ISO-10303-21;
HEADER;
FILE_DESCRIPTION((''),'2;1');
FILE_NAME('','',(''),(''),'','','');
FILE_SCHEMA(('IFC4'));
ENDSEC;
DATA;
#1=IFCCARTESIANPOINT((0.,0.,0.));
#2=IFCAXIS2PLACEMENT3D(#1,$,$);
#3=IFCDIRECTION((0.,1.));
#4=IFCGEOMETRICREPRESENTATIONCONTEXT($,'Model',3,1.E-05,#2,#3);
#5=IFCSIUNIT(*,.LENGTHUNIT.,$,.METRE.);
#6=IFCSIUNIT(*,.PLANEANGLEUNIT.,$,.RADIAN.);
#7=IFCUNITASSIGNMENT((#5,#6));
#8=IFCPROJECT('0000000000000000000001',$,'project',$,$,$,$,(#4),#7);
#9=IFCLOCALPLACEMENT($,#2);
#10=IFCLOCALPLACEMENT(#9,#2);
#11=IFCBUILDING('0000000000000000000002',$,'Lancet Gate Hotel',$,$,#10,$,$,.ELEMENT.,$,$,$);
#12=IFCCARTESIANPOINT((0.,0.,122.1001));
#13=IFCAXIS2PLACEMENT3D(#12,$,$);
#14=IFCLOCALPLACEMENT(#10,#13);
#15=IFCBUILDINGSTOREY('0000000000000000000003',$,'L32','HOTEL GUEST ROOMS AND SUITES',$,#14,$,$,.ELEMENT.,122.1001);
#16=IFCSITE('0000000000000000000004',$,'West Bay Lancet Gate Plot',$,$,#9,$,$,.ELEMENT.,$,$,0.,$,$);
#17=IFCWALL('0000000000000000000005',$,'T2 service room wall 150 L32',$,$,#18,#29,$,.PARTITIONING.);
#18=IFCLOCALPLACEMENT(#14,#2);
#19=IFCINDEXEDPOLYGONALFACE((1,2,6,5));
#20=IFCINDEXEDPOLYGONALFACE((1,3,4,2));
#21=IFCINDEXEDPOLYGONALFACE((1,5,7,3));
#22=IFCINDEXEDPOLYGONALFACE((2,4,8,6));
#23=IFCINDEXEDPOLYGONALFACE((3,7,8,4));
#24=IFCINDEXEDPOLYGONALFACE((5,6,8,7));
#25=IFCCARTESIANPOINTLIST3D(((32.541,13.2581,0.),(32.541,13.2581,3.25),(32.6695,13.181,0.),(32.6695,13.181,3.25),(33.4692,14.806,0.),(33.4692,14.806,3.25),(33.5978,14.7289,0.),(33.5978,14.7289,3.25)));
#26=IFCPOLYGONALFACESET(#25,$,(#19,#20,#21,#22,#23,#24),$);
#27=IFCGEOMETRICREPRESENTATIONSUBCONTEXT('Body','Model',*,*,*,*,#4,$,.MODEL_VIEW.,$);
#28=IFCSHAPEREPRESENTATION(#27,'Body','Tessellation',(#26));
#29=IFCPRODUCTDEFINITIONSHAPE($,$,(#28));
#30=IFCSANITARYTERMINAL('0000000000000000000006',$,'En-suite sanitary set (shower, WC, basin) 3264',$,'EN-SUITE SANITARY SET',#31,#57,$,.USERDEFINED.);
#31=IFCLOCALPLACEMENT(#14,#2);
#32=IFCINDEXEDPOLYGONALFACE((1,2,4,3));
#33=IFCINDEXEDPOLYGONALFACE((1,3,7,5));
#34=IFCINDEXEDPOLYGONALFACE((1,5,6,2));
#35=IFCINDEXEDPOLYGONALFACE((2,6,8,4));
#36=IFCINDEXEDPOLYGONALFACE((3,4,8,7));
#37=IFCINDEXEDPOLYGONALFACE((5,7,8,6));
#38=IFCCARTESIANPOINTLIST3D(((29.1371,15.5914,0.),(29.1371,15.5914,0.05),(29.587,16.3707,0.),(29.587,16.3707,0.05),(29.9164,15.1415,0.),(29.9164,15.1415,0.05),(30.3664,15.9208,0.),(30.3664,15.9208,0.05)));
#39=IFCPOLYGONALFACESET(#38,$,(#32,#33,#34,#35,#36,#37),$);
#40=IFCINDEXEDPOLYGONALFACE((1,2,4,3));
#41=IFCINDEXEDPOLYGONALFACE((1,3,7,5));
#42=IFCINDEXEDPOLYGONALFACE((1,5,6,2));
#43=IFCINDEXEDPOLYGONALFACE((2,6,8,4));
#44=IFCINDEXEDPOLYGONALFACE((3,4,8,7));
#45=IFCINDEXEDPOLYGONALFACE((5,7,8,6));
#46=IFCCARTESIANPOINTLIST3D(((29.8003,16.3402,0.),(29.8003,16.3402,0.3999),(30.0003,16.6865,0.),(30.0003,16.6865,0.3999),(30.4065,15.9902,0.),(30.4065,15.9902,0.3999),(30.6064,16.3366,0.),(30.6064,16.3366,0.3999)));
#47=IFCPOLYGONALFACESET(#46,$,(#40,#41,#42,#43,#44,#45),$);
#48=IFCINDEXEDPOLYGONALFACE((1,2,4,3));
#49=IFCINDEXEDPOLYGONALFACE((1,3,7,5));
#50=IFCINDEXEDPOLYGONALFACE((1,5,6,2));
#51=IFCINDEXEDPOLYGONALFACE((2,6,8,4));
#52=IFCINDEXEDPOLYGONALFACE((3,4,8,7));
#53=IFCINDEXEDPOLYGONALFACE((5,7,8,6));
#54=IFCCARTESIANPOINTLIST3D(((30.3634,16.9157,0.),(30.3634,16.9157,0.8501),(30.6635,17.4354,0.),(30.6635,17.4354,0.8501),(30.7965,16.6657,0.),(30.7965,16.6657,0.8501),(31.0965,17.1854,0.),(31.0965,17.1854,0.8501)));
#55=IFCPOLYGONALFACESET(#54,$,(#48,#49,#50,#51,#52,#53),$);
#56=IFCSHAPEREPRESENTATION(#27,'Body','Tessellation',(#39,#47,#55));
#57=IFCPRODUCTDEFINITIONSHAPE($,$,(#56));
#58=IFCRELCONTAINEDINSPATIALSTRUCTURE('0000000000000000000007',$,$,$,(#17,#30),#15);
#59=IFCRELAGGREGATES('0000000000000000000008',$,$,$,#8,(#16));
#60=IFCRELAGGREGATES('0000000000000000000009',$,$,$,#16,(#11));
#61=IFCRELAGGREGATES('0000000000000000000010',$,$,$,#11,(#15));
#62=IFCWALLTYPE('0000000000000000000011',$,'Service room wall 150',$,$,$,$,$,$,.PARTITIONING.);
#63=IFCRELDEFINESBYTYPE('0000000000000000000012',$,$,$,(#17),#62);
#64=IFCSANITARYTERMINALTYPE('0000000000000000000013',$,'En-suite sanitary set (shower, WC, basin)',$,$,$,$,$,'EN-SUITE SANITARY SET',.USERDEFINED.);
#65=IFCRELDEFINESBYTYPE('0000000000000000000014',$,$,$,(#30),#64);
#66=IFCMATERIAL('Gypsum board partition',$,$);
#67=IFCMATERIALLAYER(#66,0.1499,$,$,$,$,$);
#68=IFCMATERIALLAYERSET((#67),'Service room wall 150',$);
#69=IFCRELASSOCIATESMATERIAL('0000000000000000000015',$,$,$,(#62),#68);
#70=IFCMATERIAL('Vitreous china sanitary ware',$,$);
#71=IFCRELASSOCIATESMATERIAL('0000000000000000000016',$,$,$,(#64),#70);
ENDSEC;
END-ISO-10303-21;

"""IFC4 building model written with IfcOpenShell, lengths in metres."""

from ifc_helpers import new_model, si_unit, direction, frame, frame_2d, origin, origin_2d, place, context, subcontext, project, spatial, rectangle, extrude, material, layer, layer_set, type_object, element, save


model = new_model("IFC4")

# Units and contexts
model_context = context("Model", 3, precision=1e-05, world=origin(), true_north=direction((0.0, 1.0)))
body_context = subcontext(model_context, "Body", "Model", "MODEL_VIEW")
ifc_project = project(units=[si_unit("LENGTHUNIT", "METRE"), si_unit("PLANEANGLEUNIT", "RADIAN")], contexts=[model_context])

# Site, building, storey
site_placement = place(None, origin())
site = spatial("IfcSite", under=ifc_project, at=site_placement, Name="West Bay Lancet Gate Plot", CompositionType="ELEMENT", RefElevation=0.0)
building_placement = place(site_placement, origin())
building = spatial("IfcBuilding", under=site, at=building_placement, Name="Lancet Gate Hotel", CompositionType="ELEMENT")
storey_placement = place(building_placement, frame((0.0, 0.0, 122.1001)))
storey = spatial("IfcBuildingStorey", under=building, at=storey_placement, Name="L32", Description="HOTEL GUEST ROOMS AND SUITES", CompositionType="ELEMENT", Elevation=122.1001)

# Wall
ifc_material_1 = material(Name="Gypsum board partition")
ifc_layer_1 = layer(ifc_material_1, 0.1499)
ifc_layer_set_1 = layer_set([ifc_layer_1], Name="Service room wall 150")
wall_type_1 = type_object("IfcWallType", Name="Service room wall 150", PredefinedType="PARTITIONING", material=ifc_layer_set_1)
wall_1_placement = place(storey_placement, frame((33.5334, 14.7673, 0.0), z_axis=(0.0, 0.0, 1.0), x_axis=(-0.514297, -0.857612, 0.0)))
element("IfcWall", 1, at=wall_1_placement, inside=storey, type_object=wall_type_1, Name="T2 service room wall 150 L32", PredefinedType="PARTITIONING", context=body_context, shape_type="SweptSolid", body=[
    extrude(rectangle(XDim=1.8049, YDim=0.1499, at=frame_2d((0.9023, 0.0))), origin(), (0.0, 0.0, 1.0), 3.25),
])

# Sanitary terminal
ifc_material_2 = material(Name="Vitreous china sanitary ware")
sanitary_terminal_type = type_object("IfcSanitaryTerminalType", Name="En-suite sanitary set (shower, WC, basin)", ElementType="EN-SUITE SANITARY SET", PredefinedType="USERDEFINED", material=ifc_material_2)
sanitary_terminal_placement = place(storey_placement, frame((29.7517, 15.7561, 0.0), z_axis=(0.0, 0.0, 1.0), x_axis=(1.0, 0.0, 0.0)))
element("IfcSanitaryTerminal", 2, at=sanitary_terminal_placement, inside=storey, type_object=sanitary_terminal_type, Name="En-suite sanitary set (shower, WC, basin) 3264", ObjectType="EN-SUITE SANITARY SET", PredefinedType="USERDEFINED", context=body_context, shape_type="SweptSolid", body=[
    extrude(rectangle(XDim=0.8999, YDim=0.8999, at=origin_2d()), frame((0.0, 0.0, 0.0), z_axis=(0.0, 0.0, 1.0), x_axis=(-0.5, -0.866025, 0.0)), (0.0, 0.0, 1.0), 0.05),
    extrude(rectangle(XDim=0.3999, YDim=0.7, at=origin_2d()), frame((0.4517, 0.5823, 0.0), z_axis=(0.0, 0.0, 1.0), x_axis=(-0.5, -0.866025, 0.0)), (0.0, 0.0, 1.0), 0.3999),
    extrude(rectangle(XDim=0.6001, YDim=0.5, at=origin_2d()), frame((0.9783, 1.2944, 0.0), z_axis=(0.0, 0.0, 1.0), x_axis=(-0.5, -0.866025, 0.0)), (0.0, 0.0, 1.0), 0.8501),
])

save(model, "model.ifc")
